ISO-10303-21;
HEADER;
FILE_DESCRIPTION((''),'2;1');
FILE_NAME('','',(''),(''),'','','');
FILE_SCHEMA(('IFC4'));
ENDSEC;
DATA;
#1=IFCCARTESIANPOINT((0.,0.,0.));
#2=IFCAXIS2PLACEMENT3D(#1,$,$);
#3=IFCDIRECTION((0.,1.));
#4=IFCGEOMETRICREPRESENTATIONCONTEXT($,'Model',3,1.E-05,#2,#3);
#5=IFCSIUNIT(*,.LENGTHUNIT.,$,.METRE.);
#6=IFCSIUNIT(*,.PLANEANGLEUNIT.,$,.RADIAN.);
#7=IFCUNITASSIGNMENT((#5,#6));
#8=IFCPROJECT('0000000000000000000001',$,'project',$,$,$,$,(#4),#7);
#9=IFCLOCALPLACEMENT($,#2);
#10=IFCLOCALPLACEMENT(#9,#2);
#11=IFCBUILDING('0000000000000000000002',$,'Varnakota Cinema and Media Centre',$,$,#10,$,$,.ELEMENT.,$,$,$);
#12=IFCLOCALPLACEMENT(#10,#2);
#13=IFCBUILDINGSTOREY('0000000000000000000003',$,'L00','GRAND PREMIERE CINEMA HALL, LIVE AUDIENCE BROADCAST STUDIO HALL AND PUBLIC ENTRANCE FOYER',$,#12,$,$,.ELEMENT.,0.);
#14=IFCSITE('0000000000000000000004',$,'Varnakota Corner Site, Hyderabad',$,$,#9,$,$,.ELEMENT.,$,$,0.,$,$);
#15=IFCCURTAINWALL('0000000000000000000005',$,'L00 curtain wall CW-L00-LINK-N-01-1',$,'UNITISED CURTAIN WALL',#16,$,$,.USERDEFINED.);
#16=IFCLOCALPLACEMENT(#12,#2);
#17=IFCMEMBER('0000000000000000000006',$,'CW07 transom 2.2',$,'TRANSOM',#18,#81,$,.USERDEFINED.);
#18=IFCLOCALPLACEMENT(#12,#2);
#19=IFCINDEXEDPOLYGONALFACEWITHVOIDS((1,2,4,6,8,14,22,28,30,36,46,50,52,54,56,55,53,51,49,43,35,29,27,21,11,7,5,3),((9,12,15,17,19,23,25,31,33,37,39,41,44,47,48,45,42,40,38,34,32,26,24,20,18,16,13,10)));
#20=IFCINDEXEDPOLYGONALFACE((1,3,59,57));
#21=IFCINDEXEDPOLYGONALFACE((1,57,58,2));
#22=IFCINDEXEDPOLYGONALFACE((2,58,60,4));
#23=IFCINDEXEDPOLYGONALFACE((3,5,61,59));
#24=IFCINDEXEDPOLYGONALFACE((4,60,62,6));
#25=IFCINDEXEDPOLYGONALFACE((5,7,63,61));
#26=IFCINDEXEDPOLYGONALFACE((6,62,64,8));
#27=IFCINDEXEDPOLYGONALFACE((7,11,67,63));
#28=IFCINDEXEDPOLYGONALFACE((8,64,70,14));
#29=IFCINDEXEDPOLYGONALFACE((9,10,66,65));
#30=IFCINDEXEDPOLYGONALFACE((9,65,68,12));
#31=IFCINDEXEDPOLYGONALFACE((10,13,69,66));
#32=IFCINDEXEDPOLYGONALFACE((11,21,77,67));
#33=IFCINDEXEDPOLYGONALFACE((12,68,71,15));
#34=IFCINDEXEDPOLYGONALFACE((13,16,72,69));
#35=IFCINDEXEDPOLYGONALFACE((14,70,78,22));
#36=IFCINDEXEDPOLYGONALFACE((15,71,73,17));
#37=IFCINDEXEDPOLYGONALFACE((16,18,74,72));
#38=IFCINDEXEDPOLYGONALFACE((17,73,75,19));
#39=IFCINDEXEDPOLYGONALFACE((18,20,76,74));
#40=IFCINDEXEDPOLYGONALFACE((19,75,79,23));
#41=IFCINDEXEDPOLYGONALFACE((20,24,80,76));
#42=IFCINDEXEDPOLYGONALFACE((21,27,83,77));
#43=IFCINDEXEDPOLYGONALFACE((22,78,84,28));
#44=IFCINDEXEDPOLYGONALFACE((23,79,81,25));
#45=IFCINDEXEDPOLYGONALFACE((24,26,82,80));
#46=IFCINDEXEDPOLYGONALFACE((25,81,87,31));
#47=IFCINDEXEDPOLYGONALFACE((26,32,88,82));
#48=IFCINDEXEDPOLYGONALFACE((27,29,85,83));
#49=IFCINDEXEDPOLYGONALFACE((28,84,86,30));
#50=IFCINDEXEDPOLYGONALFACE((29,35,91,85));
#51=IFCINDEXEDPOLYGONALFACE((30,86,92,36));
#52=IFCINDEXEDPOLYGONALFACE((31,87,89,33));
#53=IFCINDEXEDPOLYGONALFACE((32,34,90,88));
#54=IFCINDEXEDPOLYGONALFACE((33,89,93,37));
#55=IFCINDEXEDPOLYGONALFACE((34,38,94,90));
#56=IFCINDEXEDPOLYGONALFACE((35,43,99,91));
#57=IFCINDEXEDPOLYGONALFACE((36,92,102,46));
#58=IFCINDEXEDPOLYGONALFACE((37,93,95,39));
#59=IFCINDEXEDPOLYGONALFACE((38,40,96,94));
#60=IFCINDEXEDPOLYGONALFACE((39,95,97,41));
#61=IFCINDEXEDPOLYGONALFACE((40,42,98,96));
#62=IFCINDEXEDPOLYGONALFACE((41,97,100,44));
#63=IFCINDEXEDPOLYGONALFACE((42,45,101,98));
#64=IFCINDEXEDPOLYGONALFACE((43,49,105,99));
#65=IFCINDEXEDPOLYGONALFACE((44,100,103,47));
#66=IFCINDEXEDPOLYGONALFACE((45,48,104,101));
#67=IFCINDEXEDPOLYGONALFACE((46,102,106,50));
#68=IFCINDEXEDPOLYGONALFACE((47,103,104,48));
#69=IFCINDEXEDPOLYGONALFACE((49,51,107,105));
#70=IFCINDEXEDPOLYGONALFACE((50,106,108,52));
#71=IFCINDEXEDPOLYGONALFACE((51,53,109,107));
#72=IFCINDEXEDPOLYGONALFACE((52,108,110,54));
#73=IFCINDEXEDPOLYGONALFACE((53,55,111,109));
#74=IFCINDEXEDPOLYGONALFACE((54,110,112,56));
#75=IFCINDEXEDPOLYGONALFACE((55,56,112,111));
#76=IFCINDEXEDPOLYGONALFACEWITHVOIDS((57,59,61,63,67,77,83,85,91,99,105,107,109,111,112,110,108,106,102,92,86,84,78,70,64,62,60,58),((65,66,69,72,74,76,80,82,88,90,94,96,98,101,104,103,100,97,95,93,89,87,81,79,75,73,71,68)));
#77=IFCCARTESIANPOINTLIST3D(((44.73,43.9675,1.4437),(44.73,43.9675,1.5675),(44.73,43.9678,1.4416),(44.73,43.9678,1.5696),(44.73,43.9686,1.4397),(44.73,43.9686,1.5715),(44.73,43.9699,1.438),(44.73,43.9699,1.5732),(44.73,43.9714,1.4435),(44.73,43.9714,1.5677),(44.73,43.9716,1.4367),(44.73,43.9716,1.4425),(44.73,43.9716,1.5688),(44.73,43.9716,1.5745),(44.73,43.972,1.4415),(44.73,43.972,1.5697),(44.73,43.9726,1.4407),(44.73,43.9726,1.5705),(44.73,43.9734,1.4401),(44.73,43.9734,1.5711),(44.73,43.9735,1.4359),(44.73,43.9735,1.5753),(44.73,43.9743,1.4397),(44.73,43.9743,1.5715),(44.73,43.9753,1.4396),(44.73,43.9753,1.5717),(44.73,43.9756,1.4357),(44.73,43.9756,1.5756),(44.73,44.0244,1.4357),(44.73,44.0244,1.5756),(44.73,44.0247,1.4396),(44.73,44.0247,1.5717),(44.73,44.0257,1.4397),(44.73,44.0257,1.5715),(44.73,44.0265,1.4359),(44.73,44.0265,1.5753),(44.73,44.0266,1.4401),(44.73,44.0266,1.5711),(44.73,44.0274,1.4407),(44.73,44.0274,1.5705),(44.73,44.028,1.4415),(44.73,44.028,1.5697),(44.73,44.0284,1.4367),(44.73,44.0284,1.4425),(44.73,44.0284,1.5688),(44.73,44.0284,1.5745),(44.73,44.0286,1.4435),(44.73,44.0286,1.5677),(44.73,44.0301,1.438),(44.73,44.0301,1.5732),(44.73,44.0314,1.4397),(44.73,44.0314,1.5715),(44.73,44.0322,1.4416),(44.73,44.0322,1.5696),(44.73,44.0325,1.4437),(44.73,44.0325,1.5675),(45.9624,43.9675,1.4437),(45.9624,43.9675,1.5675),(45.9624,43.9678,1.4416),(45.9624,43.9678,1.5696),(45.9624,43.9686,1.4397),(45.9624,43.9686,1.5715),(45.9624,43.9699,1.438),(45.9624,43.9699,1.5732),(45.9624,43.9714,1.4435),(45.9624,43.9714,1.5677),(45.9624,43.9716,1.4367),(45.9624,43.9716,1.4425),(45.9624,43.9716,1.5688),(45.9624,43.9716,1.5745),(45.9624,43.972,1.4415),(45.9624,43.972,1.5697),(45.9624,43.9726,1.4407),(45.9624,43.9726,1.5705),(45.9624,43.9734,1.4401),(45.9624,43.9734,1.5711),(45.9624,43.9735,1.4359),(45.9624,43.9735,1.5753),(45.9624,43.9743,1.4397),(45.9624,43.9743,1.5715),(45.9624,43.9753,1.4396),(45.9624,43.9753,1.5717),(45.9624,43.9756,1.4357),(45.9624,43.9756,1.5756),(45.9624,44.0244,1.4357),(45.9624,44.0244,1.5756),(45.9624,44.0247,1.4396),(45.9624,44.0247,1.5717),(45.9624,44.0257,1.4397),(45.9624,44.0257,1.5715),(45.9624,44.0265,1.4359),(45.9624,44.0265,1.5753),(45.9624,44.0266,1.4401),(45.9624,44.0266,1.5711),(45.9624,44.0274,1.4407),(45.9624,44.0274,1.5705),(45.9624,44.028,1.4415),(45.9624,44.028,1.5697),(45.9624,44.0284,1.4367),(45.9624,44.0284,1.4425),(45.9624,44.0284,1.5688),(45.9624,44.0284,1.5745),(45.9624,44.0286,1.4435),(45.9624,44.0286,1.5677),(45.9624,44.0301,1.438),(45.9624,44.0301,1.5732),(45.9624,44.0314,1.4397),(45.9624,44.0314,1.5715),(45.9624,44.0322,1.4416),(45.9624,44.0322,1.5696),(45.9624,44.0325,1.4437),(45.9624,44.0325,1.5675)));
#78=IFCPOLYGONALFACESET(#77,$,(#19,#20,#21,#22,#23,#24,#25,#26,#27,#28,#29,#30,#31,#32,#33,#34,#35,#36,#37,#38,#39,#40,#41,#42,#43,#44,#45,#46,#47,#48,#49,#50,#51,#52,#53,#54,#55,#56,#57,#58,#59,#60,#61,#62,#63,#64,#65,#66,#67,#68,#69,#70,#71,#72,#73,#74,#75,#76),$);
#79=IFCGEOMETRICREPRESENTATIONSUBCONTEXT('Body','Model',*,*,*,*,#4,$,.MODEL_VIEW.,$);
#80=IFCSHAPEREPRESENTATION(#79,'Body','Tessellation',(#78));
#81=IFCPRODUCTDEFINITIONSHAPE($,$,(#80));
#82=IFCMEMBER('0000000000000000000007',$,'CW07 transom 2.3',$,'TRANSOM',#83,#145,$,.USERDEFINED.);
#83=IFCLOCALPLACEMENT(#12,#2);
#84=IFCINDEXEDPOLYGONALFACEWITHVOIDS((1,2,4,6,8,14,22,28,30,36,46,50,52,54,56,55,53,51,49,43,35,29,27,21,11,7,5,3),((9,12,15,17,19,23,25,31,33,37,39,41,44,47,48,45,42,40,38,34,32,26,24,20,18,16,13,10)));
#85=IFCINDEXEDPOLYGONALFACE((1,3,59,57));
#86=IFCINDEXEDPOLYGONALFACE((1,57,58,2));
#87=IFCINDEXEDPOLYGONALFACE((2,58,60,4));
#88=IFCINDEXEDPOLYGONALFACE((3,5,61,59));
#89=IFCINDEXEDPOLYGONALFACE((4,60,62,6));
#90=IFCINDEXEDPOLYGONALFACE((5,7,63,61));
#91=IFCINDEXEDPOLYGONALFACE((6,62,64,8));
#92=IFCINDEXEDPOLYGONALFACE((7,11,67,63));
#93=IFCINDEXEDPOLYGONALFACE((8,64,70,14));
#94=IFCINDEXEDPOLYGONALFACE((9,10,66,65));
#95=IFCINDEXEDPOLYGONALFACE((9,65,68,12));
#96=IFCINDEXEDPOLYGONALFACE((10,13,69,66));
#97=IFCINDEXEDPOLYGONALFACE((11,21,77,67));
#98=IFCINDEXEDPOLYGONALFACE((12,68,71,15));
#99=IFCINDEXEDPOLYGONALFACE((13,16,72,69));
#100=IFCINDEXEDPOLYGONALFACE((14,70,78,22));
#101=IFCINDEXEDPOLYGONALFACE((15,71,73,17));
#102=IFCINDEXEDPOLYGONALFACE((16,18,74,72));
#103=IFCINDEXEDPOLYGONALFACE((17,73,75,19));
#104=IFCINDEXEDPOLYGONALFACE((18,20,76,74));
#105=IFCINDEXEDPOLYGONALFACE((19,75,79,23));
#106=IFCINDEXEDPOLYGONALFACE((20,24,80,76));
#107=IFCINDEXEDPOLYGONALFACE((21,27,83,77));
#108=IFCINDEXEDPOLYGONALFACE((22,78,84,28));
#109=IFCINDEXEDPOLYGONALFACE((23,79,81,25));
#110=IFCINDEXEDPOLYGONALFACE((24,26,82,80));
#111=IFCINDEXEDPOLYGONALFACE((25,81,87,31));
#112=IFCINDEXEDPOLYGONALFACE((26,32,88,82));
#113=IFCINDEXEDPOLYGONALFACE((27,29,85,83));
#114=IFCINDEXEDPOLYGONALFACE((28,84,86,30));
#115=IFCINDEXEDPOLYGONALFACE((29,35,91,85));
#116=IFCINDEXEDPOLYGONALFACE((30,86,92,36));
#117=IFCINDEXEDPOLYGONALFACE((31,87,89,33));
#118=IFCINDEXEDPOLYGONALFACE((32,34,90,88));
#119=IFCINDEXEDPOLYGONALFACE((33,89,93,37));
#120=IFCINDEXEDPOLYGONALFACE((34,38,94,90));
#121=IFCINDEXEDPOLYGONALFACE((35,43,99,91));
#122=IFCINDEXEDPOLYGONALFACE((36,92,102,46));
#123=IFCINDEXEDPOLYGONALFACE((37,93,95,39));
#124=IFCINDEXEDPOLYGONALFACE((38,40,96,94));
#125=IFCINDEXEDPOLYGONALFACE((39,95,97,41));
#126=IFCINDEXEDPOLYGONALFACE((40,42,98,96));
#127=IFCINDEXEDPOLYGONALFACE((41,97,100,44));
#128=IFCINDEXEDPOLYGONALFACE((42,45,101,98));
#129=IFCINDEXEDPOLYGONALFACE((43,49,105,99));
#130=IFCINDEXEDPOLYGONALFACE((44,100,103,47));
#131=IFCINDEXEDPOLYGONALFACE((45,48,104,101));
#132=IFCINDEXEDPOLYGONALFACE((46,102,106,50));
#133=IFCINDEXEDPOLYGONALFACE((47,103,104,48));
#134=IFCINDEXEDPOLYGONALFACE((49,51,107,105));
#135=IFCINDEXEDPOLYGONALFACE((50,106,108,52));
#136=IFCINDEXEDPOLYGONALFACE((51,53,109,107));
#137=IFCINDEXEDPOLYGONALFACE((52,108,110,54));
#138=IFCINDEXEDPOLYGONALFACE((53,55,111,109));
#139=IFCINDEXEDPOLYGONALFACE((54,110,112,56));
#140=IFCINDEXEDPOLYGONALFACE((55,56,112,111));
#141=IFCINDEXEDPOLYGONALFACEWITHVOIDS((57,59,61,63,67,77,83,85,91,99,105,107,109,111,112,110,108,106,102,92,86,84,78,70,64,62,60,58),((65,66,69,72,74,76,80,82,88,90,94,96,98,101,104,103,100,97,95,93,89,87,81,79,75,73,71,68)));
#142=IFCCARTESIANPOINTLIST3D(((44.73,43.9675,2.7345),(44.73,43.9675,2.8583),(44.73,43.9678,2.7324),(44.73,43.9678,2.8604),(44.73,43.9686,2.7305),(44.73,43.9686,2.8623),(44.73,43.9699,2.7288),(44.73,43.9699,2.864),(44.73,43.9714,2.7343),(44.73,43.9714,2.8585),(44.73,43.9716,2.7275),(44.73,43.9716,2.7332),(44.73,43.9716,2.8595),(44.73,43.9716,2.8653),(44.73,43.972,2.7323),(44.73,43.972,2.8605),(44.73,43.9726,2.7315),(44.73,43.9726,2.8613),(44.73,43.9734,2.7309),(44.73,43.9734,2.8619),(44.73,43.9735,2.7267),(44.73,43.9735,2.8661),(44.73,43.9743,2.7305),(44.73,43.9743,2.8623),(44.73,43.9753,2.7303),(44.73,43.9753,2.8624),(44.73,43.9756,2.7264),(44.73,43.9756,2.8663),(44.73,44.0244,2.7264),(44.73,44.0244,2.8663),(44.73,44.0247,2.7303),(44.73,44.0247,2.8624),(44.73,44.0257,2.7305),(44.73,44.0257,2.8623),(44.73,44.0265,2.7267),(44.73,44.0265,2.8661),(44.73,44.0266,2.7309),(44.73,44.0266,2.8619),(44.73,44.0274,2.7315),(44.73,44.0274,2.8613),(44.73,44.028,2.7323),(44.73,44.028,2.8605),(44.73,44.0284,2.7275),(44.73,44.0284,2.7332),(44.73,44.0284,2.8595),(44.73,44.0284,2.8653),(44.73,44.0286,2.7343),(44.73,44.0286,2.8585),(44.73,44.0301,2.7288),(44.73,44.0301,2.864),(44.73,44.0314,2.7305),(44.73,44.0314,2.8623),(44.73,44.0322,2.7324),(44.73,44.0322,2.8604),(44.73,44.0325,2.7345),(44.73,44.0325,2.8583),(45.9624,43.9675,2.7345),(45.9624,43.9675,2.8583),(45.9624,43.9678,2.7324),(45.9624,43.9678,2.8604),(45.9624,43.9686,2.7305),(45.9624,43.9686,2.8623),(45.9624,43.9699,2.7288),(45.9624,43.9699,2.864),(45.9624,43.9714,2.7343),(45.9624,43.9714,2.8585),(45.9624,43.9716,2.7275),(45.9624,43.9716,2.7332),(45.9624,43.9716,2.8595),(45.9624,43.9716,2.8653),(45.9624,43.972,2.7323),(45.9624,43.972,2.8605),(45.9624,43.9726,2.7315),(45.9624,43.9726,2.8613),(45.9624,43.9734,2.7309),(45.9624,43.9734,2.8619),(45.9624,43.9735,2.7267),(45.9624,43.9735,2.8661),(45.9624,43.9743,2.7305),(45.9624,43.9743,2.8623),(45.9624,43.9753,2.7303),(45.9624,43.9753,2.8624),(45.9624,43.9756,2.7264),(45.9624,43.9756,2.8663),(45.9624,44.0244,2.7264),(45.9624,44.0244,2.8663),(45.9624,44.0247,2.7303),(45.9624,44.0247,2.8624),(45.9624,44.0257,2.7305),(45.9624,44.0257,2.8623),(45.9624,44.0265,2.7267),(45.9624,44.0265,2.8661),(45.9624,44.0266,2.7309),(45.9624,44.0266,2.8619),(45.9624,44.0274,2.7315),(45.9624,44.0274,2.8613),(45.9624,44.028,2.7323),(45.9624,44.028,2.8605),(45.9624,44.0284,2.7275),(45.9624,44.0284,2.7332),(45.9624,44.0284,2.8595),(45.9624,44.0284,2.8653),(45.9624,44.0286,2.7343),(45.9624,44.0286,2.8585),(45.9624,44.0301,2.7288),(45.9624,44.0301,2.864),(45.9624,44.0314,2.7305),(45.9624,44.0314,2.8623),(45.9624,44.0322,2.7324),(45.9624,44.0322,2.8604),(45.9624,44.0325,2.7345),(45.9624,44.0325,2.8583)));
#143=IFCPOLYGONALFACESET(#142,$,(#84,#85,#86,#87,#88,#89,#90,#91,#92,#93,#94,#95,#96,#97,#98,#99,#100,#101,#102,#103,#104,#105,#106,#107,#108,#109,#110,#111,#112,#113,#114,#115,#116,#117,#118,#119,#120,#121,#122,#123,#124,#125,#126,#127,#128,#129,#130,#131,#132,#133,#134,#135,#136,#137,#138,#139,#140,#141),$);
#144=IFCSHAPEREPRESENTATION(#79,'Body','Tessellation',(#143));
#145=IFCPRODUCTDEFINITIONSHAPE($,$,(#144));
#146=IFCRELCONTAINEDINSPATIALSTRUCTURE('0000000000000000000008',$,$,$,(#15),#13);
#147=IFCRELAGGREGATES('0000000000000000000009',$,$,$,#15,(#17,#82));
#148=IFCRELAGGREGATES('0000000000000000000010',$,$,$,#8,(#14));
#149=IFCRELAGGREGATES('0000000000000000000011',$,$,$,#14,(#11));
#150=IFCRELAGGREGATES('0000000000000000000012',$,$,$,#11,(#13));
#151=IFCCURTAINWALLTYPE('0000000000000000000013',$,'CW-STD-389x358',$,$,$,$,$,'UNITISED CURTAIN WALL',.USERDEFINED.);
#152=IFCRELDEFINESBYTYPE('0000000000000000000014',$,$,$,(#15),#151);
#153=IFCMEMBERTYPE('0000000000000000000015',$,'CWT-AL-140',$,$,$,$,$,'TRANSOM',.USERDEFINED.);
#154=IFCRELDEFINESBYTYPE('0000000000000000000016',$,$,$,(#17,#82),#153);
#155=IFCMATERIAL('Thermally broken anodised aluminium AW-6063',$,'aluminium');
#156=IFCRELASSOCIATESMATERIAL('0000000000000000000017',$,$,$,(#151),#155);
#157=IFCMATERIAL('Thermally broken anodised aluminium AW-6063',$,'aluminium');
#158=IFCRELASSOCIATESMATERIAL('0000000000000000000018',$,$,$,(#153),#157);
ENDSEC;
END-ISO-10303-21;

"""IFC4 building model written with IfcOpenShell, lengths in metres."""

from ifc_helpers import new_model, si_unit, direction, frame, origin, origin_2d, place, context, subcontext, project, spatial, hollow_rectangle, extrude, material, material_profile, profile_set, type_object, element, aggregate, save


model = new_model("IFC4")

# Units and contexts
model_context = context("Model", 3, precision=1e-05, world=origin(), true_north=direction((0.0, 1.0)))
body_context = subcontext(model_context, "Body", "Model", "MODEL_VIEW")
ifc_project = project(units=[si_unit("LENGTHUNIT", "METRE"), si_unit("PLANEANGLEUNIT", "RADIAN")], contexts=[model_context])

# Site, building, storey
site_placement = place(None, origin())
site = spatial("IfcSite", under=ifc_project, at=site_placement, Name="Varnakota Corner Site, Hyderabad", CompositionType="ELEMENT", RefElevation=0.0)
building_placement = place(site_placement, origin())
building = spatial("IfcBuilding", under=site, at=building_placement, Name="Varnakota Cinema and Media Centre", CompositionType="ELEMENT")
storey_placement = place(building_placement, origin())
storey = spatial("IfcBuildingStorey", under=building, at=storey_placement, Name="L00", Description="GRAND PREMIERE CINEMA HALL, LIVE AUDIENCE BROADCAST STUDIO HALL AND PUBLIC ENTRANCE FOYER", CompositionType="ELEMENT", Elevation=0.0)

# Curtain wall
ifc_material_1 = material(Name="Thermally broken anodised aluminium AW-6063", Category="aluminium")
curtain_wall_type = type_object("IfcCurtainWallType", Name="CW-STD-389x358", ElementType="UNITISED CURTAIN WALL", PredefinedType="USERDEFINED", material=ifc_material_1)
curtain_wall_1_placement = place(storey_placement, origin())
curtain_wall_1 = element("IfcCurtainWall", 1, at=curtain_wall_1_placement, inside=storey, type_object=curtain_wall_type, Name="L00 curtain wall CW-L00-LINK-N-01-1", ObjectType="UNITISED CURTAIN WALL", PredefinedType="USERDEFINED")

# Members
ifc_material_2 = material(Name="Thermally broken anodised aluminium AW-6063", Category="aluminium")
ifc_material_profile_1 = material_profile(ifc_material_2, hollow_rectangle(XDim=0.0649, YDim=0.1399, WallThickness=0.0039, InnerFilletRadius=0.0039, OuterFilletRadius=0.0081, at=origin_2d()), Name="AL-TRANSOM 140x65x4")
ifc_profile_set_1 = profile_set([ifc_material_profile_1], Name="Thermally broken anodised aluminium AW-6063")
member_type_1 = type_object("IfcMemberType", Name="CWT-AL-140", ElementType="TRANSOM", PredefinedType="USERDEFINED", material=ifc_profile_set_1)
member_1_placement = place(storey_placement, frame((44.73, 44.0, 1.5056), z_axis=(1.0, 0.0, 0.0), x_axis=(0.0, 1.0, 0.0)))
member_1 = element("IfcMember", 2, at=member_1_placement, type_object=member_type_1, Name="CW07 transom 2.2", ObjectType="TRANSOM", PredefinedType="USERDEFINED", context=body_context, shape_type="SweptSolid", body=[
    extrude(hollow_rectangle(XDim=0.0649, YDim=0.1399, WallThickness=0.0039, InnerFilletRadius=0.0039, OuterFilletRadius=0.0081, at=origin_2d()), origin(), (0.0, 0.0, 1.0), 1.2324),
])
member_2_placement = place(storey_placement, frame((44.73, 44.0, 2.7964), z_axis=(1.0, 0.0, 0.0), x_axis=(0.0, 1.0, 0.0)))
member_2 = element("IfcMember", 3, at=member_2_placement, type_object=member_type_1, Name="CW07 transom 2.3", ObjectType="TRANSOM", PredefinedType="USERDEFINED", context=body_context, shape_type="SweptSolid", body=[
    extrude(hollow_rectangle(XDim=0.0649, YDim=0.1399, WallThickness=0.0039, InnerFilletRadius=0.0039, OuterFilletRadius=0.0081, at=origin_2d()), origin(), (0.0, 0.0, 1.0), 1.2324),
])

aggregate(curtain_wall_1, [member_1, member_2])

save(model, "model.ifc")
